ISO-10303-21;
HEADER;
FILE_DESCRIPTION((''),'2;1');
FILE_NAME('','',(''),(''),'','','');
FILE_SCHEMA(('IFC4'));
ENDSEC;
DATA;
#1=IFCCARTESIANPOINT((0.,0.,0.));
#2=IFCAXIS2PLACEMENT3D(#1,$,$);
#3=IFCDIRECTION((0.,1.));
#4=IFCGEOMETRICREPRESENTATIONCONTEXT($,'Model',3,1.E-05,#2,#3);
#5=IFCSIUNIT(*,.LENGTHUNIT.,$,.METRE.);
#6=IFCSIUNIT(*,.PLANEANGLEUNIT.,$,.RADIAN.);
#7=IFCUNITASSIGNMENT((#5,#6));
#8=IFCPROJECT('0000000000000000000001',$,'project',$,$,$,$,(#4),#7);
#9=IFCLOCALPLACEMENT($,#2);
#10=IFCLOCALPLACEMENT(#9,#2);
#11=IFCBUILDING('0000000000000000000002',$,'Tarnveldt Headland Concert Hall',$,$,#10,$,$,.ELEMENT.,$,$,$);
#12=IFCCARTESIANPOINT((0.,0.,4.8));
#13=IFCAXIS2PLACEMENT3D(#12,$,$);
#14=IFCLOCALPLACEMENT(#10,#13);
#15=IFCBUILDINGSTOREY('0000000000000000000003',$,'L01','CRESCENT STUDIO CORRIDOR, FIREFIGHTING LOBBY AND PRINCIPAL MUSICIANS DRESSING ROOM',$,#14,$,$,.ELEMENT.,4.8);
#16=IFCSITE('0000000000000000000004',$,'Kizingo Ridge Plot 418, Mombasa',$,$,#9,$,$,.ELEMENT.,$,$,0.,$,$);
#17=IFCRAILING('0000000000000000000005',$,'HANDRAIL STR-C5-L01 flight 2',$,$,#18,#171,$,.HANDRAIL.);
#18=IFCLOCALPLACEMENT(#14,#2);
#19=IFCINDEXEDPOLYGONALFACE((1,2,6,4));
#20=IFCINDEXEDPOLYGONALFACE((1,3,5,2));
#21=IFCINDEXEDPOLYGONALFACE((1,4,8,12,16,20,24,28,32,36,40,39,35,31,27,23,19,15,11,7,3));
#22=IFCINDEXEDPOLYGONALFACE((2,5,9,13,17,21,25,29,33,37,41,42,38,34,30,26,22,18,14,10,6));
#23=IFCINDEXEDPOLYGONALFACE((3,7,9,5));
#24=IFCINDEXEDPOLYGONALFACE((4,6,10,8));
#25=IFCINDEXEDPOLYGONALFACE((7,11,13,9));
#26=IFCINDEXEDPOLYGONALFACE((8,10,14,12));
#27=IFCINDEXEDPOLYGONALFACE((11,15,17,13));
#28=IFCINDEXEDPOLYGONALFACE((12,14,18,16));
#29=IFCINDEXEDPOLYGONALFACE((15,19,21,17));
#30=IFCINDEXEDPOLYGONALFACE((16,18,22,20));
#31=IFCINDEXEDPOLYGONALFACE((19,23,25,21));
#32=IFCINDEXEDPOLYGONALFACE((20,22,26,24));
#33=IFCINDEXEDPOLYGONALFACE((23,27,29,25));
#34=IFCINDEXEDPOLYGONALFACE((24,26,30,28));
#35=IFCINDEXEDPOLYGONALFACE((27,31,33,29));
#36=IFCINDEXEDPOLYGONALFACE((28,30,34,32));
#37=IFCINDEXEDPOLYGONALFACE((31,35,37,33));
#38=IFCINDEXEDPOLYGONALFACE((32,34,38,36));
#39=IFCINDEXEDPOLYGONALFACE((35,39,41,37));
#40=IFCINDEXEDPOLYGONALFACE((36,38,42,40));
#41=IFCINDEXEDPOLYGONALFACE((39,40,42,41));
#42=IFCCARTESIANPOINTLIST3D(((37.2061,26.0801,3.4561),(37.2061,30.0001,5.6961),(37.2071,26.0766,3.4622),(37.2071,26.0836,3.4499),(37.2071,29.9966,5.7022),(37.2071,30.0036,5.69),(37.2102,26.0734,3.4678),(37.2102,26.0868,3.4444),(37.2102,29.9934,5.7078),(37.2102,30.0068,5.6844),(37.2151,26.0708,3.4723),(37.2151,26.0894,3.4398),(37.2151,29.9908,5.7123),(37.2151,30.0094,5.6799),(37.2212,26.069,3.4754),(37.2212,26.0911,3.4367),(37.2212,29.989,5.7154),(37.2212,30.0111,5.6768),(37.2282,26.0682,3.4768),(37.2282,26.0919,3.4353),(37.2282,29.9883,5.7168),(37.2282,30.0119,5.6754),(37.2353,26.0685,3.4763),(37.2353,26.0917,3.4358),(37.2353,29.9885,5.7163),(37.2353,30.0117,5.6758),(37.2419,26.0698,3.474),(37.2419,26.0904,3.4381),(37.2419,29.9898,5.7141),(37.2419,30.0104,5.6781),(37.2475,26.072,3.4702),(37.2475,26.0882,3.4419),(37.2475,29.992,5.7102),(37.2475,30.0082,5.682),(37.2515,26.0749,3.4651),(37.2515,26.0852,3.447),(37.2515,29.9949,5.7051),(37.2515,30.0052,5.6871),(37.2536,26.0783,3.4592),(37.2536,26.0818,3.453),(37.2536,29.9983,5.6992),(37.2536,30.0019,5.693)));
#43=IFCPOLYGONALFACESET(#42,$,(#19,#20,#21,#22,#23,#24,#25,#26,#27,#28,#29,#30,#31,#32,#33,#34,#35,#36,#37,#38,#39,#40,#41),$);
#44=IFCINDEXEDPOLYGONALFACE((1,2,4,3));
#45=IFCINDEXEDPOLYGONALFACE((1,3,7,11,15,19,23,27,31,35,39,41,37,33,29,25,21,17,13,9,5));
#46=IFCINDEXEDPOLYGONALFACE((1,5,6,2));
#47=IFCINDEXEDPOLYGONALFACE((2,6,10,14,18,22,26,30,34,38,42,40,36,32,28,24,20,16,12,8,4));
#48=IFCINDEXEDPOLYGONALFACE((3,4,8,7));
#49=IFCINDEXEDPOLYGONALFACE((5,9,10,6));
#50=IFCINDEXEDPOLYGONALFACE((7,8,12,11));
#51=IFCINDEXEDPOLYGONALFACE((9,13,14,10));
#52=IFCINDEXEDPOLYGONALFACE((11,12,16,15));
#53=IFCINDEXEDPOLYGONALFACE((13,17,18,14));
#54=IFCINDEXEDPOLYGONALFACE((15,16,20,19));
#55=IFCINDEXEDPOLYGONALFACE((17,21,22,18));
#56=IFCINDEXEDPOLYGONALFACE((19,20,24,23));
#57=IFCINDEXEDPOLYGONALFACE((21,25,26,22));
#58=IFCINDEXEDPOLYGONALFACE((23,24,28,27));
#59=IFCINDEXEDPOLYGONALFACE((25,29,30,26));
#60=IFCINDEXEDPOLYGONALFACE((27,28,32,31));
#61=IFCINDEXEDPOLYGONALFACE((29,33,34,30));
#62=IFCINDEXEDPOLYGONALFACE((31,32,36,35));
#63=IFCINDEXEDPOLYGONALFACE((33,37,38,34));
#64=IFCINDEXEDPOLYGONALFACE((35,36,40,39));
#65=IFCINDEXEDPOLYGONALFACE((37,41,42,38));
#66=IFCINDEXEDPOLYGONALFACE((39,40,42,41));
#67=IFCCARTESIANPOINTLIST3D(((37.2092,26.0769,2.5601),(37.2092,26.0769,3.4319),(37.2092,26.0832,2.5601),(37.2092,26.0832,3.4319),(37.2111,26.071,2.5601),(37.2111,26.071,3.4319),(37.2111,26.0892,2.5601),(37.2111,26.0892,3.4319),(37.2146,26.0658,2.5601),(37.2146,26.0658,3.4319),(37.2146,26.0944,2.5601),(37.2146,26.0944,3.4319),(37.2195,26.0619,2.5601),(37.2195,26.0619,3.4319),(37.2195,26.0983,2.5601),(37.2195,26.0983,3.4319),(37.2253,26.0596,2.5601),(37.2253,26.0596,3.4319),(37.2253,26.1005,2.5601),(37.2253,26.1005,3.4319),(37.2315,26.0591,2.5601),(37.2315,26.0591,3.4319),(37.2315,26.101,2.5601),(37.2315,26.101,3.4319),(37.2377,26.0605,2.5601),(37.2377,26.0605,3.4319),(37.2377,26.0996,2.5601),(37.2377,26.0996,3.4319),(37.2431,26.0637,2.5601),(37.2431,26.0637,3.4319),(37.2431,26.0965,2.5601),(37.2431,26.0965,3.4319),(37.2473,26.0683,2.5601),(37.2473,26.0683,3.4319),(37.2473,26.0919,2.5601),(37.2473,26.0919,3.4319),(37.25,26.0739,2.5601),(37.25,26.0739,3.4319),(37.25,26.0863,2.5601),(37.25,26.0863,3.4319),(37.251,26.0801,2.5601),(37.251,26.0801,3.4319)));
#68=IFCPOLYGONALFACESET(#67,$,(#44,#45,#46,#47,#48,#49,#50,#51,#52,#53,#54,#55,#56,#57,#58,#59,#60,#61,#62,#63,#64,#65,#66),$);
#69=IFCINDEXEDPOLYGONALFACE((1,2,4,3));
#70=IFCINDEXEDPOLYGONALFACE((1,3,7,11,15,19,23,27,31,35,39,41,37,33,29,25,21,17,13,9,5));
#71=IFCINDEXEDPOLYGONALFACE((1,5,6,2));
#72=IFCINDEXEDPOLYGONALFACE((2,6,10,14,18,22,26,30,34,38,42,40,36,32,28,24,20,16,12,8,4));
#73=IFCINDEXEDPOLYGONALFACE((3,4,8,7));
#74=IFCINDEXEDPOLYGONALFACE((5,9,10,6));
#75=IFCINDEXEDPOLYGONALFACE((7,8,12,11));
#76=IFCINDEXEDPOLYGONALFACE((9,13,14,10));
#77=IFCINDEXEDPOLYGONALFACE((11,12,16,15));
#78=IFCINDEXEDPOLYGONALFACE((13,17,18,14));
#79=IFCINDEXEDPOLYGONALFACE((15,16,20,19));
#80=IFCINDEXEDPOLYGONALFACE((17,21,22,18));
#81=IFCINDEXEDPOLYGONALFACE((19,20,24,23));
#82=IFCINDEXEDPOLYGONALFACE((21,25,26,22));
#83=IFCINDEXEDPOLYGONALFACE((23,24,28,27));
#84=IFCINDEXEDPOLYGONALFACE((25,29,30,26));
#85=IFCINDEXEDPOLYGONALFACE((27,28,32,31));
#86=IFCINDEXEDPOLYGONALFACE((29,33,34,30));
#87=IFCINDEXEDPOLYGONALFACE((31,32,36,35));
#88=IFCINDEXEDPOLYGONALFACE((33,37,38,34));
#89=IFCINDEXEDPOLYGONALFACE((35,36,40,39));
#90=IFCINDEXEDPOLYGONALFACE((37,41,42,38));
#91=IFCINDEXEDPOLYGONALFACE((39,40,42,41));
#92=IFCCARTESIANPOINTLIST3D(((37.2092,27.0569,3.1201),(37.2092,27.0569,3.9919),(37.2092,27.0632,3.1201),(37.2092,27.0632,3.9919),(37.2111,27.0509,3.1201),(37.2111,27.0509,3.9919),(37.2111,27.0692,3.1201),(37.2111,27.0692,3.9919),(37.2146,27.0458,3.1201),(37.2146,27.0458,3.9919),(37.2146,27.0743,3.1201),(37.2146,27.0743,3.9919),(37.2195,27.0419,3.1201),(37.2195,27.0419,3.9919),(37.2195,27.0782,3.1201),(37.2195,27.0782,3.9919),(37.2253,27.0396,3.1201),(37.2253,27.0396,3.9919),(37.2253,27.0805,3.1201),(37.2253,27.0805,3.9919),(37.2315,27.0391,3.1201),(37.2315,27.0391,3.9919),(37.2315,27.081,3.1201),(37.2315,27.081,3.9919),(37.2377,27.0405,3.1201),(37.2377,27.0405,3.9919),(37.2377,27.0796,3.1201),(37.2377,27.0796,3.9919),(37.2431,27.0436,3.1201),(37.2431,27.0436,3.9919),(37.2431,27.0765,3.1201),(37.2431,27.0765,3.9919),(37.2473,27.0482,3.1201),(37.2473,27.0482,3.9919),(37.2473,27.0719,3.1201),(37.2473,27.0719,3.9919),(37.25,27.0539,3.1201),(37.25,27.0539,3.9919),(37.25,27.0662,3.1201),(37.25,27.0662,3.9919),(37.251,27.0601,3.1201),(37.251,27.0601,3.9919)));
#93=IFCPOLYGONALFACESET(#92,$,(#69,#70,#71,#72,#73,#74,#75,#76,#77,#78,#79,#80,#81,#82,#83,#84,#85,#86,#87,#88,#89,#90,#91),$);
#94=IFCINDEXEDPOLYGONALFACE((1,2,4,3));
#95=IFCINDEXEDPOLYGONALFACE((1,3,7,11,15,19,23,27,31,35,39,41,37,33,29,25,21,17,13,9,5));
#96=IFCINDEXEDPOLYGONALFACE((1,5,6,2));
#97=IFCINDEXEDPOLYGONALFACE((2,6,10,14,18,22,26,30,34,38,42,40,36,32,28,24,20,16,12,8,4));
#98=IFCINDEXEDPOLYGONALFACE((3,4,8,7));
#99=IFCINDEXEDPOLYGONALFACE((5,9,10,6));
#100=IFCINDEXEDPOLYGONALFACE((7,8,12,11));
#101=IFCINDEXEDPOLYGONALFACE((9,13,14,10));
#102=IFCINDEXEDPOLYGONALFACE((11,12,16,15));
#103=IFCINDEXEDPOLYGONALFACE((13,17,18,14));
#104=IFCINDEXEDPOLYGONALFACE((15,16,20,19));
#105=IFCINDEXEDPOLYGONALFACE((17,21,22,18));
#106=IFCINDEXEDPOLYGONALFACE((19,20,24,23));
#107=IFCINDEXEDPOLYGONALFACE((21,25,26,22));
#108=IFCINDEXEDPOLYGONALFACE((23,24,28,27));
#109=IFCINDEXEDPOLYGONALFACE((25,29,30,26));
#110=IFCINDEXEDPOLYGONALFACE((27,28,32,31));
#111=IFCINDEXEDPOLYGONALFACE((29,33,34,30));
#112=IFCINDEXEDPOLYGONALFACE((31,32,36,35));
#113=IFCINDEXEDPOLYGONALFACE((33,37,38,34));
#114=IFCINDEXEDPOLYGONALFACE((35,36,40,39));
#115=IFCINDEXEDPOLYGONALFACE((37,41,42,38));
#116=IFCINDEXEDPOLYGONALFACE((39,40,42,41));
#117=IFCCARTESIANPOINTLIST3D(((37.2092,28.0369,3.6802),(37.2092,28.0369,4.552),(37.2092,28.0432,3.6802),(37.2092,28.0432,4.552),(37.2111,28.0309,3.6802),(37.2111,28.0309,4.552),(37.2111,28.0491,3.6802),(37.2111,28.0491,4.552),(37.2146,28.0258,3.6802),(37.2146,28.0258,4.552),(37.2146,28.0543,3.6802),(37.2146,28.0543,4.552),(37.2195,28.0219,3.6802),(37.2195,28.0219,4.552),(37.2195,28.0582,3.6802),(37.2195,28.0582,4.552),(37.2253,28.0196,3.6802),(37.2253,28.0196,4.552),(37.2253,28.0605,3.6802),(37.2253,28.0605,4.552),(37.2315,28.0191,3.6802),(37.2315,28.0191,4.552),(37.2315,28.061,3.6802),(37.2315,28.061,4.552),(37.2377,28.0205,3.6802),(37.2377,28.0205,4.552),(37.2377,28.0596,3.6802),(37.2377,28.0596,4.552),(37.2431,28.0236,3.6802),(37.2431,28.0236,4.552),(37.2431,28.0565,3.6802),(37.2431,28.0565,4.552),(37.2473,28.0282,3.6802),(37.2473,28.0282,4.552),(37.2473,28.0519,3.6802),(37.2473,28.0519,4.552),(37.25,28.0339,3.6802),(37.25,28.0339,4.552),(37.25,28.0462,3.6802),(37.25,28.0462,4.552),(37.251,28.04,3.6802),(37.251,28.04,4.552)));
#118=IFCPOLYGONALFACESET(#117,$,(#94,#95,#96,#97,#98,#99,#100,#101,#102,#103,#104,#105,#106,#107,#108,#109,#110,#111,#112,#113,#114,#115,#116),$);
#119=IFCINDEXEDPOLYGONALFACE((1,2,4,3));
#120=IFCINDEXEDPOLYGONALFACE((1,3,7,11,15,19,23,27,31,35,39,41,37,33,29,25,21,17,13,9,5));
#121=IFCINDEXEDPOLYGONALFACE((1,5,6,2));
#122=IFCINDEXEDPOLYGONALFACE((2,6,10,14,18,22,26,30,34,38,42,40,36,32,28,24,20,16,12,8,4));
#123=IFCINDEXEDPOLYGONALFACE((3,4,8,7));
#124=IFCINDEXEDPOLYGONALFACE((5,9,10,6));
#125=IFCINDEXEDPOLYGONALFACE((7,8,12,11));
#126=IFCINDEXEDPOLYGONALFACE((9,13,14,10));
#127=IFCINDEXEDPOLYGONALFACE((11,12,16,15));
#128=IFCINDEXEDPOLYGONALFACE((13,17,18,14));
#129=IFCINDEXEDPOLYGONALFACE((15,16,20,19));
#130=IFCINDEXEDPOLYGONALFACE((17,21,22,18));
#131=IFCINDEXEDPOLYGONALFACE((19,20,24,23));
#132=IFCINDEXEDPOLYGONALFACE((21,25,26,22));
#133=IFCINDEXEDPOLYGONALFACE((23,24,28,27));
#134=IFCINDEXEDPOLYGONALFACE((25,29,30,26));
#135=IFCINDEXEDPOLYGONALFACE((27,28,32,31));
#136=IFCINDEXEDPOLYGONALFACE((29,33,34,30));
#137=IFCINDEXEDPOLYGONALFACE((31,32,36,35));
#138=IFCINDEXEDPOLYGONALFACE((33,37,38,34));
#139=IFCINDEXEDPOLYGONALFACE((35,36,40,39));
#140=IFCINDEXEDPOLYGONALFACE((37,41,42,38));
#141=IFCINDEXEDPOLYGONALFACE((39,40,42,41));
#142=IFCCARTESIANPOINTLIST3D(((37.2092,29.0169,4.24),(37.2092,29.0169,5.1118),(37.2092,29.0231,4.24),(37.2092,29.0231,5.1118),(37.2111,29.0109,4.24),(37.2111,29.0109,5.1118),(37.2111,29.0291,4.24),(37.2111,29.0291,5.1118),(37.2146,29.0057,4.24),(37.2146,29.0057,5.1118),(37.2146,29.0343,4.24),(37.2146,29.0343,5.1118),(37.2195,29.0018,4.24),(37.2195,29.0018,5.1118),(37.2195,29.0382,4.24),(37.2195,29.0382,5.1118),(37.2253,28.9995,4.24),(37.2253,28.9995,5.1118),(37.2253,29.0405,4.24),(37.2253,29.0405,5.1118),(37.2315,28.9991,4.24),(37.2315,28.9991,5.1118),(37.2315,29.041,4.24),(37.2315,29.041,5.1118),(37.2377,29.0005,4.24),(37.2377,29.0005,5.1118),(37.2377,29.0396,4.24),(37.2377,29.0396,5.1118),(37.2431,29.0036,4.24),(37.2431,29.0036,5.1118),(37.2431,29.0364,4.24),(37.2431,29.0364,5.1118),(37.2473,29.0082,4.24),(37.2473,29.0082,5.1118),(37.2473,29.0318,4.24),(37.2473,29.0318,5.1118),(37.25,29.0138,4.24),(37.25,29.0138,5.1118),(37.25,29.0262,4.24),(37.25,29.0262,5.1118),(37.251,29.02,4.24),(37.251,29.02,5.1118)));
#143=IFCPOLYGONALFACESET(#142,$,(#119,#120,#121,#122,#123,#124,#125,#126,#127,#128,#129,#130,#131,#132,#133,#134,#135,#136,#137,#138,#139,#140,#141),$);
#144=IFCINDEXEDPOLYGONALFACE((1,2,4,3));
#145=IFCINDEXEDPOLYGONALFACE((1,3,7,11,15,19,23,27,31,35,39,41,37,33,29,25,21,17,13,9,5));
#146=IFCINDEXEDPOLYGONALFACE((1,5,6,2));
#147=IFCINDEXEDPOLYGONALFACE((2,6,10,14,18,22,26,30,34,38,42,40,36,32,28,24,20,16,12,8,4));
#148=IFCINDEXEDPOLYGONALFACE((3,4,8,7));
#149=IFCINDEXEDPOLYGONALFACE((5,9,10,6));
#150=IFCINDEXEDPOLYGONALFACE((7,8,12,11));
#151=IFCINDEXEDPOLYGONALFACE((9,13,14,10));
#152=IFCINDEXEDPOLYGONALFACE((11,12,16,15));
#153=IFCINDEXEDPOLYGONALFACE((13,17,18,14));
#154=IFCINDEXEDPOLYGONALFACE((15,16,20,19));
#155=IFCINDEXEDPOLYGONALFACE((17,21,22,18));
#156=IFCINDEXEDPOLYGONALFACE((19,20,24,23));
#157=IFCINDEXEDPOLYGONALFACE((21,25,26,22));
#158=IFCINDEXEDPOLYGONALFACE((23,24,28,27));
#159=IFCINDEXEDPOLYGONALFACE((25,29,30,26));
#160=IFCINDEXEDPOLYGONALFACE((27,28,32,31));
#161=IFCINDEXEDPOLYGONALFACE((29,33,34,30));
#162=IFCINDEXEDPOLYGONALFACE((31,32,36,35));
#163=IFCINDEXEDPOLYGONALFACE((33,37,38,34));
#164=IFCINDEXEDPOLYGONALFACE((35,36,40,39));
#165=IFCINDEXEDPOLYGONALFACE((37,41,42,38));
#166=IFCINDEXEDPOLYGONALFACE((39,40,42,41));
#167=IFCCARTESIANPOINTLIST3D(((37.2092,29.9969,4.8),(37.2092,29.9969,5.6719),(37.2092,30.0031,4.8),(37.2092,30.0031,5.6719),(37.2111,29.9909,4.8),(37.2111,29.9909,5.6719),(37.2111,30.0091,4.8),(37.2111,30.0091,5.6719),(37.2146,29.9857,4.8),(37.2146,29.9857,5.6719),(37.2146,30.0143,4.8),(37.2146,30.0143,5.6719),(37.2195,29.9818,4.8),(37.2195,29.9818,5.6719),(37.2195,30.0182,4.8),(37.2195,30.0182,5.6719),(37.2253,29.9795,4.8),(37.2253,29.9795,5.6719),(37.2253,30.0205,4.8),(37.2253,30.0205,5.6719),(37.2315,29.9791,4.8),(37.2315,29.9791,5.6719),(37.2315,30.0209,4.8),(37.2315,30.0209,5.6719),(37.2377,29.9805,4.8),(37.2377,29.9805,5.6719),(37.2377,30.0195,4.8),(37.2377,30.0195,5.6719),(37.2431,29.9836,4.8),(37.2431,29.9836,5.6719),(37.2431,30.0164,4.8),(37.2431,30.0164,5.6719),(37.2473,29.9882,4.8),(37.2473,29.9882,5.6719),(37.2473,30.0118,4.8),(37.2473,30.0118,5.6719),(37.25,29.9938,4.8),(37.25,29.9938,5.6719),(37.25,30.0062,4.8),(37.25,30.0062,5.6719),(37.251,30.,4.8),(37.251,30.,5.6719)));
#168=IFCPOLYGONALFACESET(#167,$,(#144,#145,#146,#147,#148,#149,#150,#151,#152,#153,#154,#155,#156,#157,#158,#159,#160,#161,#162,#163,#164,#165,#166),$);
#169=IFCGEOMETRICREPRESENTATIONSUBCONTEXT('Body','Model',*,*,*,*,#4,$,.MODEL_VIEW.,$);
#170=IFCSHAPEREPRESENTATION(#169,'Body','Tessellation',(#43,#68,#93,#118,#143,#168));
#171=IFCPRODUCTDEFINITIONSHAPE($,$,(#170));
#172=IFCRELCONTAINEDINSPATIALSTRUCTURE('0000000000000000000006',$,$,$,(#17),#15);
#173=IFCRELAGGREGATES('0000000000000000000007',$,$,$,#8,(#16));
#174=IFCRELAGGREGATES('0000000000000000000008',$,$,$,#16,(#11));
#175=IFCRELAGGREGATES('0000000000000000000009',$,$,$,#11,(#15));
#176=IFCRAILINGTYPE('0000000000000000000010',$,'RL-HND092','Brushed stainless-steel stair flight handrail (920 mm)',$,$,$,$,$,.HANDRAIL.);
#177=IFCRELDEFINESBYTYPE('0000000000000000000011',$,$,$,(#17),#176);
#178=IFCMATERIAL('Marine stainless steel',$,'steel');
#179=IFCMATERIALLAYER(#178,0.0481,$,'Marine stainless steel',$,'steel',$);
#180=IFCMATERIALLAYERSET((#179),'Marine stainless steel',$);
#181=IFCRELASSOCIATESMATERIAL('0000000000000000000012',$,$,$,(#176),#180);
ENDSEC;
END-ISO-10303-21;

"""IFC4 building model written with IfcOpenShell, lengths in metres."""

from ifc_helpers import new_model, si_unit, direction, frame, origin, origin_2d, place, context, subcontext, project, spatial, circle, extrude, material, layer, layer_set, type_object, element, save


model = new_model("IFC4")

# Units and contexts
model_context = context("Model", 3, precision=1e-05, world=origin(), true_north=direction((0.0, 1.0)))
body_context = subcontext(model_context, "Body", "Model", "MODEL_VIEW")
ifc_project = project(units=[si_unit("LENGTHUNIT", "METRE"), si_unit("PLANEANGLEUNIT", "RADIAN")], contexts=[model_context])

# Site, building, storey
site_placement = place(None, origin())
site = spatial("IfcSite", under=ifc_project, at=site_placement, Name="Kizingo Ridge Plot 418, Mombasa", CompositionType="ELEMENT", RefElevation=0.0)
building_placement = place(site_placement, origin())
building = spatial("IfcBuilding", under=site, at=building_placement, Name="Tarnveldt Headland Concert Hall", CompositionType="ELEMENT")
storey_placement = place(building_placement, frame((0.0, 0.0, 4.8)))
storey = spatial("IfcBuildingStorey", under=building, at=storey_placement, Name="L01", Description="CRESCENT STUDIO CORRIDOR, FIREFIGHTING LOBBY AND PRINCIPAL MUSICIANS DRESSING ROOM", CompositionType="ELEMENT", Elevation=4.8)

# Railing
ifc_material_1 = material(Name="Marine stainless steel", Category="steel")
ifc_layer_1 = layer(ifc_material_1, 0.0481, Name="Marine stainless steel", Category="steel")
ifc_layer_set_1 = layer_set([ifc_layer_1], Name="Marine stainless steel")
railing_type_1 = type_object("IfcRailingType", Name="RL-HND092", Description="Brushed stainless-steel stair flight handrail (920 mm)", PredefinedType="HANDRAIL", material=ifc_layer_set_1)
railing_1_placement = place(storey_placement, frame((37.23, 26.0801, 2.5601)))
element("IfcRailing", 1, at=railing_1_placement, inside=storey, type_object=railing_type_1, Name="HANDRAIL STR-C5-L01 flight 2", PredefinedType="HANDRAIL", context=body_context, shape_type="SweptSolid", body=[
    extrude(circle(Radius=0.0239, at=origin_2d()), frame((0.0, 0.0, 0.896), z_axis=(0.0, 0.86824, 0.496145), x_axis=(-1.0, 0.0, 0.0)), (0.0, 0.0, 1.0), 4.5149),
    extrude(circle(Radius=0.021, at=origin_2d()), origin(), (0.0, 0.0, 1.0), 0.8718),
    extrude(circle(Radius=0.021, at=origin_2d()), frame((0.0, 0.98, 0.5601)), (0.0, 0.0, 1.0), 0.8718),
    extrude(circle(Radius=0.021, at=origin_2d()), frame((0.0, 1.96, 1.1201)), (0.0, 0.0, 1.0), 0.8718),
    extrude(circle(Radius=0.021, at=origin_2d()), frame((0.0, 2.9399, 1.6799)), (0.0, 0.0, 1.0), 0.8718),
    extrude(circle(Radius=0.021, at=origin_2d()), frame((0.0, 3.9199, 2.24)), (0.0, 0.0, 1.0), 0.8718),
])

save(model, "model.ifc")
